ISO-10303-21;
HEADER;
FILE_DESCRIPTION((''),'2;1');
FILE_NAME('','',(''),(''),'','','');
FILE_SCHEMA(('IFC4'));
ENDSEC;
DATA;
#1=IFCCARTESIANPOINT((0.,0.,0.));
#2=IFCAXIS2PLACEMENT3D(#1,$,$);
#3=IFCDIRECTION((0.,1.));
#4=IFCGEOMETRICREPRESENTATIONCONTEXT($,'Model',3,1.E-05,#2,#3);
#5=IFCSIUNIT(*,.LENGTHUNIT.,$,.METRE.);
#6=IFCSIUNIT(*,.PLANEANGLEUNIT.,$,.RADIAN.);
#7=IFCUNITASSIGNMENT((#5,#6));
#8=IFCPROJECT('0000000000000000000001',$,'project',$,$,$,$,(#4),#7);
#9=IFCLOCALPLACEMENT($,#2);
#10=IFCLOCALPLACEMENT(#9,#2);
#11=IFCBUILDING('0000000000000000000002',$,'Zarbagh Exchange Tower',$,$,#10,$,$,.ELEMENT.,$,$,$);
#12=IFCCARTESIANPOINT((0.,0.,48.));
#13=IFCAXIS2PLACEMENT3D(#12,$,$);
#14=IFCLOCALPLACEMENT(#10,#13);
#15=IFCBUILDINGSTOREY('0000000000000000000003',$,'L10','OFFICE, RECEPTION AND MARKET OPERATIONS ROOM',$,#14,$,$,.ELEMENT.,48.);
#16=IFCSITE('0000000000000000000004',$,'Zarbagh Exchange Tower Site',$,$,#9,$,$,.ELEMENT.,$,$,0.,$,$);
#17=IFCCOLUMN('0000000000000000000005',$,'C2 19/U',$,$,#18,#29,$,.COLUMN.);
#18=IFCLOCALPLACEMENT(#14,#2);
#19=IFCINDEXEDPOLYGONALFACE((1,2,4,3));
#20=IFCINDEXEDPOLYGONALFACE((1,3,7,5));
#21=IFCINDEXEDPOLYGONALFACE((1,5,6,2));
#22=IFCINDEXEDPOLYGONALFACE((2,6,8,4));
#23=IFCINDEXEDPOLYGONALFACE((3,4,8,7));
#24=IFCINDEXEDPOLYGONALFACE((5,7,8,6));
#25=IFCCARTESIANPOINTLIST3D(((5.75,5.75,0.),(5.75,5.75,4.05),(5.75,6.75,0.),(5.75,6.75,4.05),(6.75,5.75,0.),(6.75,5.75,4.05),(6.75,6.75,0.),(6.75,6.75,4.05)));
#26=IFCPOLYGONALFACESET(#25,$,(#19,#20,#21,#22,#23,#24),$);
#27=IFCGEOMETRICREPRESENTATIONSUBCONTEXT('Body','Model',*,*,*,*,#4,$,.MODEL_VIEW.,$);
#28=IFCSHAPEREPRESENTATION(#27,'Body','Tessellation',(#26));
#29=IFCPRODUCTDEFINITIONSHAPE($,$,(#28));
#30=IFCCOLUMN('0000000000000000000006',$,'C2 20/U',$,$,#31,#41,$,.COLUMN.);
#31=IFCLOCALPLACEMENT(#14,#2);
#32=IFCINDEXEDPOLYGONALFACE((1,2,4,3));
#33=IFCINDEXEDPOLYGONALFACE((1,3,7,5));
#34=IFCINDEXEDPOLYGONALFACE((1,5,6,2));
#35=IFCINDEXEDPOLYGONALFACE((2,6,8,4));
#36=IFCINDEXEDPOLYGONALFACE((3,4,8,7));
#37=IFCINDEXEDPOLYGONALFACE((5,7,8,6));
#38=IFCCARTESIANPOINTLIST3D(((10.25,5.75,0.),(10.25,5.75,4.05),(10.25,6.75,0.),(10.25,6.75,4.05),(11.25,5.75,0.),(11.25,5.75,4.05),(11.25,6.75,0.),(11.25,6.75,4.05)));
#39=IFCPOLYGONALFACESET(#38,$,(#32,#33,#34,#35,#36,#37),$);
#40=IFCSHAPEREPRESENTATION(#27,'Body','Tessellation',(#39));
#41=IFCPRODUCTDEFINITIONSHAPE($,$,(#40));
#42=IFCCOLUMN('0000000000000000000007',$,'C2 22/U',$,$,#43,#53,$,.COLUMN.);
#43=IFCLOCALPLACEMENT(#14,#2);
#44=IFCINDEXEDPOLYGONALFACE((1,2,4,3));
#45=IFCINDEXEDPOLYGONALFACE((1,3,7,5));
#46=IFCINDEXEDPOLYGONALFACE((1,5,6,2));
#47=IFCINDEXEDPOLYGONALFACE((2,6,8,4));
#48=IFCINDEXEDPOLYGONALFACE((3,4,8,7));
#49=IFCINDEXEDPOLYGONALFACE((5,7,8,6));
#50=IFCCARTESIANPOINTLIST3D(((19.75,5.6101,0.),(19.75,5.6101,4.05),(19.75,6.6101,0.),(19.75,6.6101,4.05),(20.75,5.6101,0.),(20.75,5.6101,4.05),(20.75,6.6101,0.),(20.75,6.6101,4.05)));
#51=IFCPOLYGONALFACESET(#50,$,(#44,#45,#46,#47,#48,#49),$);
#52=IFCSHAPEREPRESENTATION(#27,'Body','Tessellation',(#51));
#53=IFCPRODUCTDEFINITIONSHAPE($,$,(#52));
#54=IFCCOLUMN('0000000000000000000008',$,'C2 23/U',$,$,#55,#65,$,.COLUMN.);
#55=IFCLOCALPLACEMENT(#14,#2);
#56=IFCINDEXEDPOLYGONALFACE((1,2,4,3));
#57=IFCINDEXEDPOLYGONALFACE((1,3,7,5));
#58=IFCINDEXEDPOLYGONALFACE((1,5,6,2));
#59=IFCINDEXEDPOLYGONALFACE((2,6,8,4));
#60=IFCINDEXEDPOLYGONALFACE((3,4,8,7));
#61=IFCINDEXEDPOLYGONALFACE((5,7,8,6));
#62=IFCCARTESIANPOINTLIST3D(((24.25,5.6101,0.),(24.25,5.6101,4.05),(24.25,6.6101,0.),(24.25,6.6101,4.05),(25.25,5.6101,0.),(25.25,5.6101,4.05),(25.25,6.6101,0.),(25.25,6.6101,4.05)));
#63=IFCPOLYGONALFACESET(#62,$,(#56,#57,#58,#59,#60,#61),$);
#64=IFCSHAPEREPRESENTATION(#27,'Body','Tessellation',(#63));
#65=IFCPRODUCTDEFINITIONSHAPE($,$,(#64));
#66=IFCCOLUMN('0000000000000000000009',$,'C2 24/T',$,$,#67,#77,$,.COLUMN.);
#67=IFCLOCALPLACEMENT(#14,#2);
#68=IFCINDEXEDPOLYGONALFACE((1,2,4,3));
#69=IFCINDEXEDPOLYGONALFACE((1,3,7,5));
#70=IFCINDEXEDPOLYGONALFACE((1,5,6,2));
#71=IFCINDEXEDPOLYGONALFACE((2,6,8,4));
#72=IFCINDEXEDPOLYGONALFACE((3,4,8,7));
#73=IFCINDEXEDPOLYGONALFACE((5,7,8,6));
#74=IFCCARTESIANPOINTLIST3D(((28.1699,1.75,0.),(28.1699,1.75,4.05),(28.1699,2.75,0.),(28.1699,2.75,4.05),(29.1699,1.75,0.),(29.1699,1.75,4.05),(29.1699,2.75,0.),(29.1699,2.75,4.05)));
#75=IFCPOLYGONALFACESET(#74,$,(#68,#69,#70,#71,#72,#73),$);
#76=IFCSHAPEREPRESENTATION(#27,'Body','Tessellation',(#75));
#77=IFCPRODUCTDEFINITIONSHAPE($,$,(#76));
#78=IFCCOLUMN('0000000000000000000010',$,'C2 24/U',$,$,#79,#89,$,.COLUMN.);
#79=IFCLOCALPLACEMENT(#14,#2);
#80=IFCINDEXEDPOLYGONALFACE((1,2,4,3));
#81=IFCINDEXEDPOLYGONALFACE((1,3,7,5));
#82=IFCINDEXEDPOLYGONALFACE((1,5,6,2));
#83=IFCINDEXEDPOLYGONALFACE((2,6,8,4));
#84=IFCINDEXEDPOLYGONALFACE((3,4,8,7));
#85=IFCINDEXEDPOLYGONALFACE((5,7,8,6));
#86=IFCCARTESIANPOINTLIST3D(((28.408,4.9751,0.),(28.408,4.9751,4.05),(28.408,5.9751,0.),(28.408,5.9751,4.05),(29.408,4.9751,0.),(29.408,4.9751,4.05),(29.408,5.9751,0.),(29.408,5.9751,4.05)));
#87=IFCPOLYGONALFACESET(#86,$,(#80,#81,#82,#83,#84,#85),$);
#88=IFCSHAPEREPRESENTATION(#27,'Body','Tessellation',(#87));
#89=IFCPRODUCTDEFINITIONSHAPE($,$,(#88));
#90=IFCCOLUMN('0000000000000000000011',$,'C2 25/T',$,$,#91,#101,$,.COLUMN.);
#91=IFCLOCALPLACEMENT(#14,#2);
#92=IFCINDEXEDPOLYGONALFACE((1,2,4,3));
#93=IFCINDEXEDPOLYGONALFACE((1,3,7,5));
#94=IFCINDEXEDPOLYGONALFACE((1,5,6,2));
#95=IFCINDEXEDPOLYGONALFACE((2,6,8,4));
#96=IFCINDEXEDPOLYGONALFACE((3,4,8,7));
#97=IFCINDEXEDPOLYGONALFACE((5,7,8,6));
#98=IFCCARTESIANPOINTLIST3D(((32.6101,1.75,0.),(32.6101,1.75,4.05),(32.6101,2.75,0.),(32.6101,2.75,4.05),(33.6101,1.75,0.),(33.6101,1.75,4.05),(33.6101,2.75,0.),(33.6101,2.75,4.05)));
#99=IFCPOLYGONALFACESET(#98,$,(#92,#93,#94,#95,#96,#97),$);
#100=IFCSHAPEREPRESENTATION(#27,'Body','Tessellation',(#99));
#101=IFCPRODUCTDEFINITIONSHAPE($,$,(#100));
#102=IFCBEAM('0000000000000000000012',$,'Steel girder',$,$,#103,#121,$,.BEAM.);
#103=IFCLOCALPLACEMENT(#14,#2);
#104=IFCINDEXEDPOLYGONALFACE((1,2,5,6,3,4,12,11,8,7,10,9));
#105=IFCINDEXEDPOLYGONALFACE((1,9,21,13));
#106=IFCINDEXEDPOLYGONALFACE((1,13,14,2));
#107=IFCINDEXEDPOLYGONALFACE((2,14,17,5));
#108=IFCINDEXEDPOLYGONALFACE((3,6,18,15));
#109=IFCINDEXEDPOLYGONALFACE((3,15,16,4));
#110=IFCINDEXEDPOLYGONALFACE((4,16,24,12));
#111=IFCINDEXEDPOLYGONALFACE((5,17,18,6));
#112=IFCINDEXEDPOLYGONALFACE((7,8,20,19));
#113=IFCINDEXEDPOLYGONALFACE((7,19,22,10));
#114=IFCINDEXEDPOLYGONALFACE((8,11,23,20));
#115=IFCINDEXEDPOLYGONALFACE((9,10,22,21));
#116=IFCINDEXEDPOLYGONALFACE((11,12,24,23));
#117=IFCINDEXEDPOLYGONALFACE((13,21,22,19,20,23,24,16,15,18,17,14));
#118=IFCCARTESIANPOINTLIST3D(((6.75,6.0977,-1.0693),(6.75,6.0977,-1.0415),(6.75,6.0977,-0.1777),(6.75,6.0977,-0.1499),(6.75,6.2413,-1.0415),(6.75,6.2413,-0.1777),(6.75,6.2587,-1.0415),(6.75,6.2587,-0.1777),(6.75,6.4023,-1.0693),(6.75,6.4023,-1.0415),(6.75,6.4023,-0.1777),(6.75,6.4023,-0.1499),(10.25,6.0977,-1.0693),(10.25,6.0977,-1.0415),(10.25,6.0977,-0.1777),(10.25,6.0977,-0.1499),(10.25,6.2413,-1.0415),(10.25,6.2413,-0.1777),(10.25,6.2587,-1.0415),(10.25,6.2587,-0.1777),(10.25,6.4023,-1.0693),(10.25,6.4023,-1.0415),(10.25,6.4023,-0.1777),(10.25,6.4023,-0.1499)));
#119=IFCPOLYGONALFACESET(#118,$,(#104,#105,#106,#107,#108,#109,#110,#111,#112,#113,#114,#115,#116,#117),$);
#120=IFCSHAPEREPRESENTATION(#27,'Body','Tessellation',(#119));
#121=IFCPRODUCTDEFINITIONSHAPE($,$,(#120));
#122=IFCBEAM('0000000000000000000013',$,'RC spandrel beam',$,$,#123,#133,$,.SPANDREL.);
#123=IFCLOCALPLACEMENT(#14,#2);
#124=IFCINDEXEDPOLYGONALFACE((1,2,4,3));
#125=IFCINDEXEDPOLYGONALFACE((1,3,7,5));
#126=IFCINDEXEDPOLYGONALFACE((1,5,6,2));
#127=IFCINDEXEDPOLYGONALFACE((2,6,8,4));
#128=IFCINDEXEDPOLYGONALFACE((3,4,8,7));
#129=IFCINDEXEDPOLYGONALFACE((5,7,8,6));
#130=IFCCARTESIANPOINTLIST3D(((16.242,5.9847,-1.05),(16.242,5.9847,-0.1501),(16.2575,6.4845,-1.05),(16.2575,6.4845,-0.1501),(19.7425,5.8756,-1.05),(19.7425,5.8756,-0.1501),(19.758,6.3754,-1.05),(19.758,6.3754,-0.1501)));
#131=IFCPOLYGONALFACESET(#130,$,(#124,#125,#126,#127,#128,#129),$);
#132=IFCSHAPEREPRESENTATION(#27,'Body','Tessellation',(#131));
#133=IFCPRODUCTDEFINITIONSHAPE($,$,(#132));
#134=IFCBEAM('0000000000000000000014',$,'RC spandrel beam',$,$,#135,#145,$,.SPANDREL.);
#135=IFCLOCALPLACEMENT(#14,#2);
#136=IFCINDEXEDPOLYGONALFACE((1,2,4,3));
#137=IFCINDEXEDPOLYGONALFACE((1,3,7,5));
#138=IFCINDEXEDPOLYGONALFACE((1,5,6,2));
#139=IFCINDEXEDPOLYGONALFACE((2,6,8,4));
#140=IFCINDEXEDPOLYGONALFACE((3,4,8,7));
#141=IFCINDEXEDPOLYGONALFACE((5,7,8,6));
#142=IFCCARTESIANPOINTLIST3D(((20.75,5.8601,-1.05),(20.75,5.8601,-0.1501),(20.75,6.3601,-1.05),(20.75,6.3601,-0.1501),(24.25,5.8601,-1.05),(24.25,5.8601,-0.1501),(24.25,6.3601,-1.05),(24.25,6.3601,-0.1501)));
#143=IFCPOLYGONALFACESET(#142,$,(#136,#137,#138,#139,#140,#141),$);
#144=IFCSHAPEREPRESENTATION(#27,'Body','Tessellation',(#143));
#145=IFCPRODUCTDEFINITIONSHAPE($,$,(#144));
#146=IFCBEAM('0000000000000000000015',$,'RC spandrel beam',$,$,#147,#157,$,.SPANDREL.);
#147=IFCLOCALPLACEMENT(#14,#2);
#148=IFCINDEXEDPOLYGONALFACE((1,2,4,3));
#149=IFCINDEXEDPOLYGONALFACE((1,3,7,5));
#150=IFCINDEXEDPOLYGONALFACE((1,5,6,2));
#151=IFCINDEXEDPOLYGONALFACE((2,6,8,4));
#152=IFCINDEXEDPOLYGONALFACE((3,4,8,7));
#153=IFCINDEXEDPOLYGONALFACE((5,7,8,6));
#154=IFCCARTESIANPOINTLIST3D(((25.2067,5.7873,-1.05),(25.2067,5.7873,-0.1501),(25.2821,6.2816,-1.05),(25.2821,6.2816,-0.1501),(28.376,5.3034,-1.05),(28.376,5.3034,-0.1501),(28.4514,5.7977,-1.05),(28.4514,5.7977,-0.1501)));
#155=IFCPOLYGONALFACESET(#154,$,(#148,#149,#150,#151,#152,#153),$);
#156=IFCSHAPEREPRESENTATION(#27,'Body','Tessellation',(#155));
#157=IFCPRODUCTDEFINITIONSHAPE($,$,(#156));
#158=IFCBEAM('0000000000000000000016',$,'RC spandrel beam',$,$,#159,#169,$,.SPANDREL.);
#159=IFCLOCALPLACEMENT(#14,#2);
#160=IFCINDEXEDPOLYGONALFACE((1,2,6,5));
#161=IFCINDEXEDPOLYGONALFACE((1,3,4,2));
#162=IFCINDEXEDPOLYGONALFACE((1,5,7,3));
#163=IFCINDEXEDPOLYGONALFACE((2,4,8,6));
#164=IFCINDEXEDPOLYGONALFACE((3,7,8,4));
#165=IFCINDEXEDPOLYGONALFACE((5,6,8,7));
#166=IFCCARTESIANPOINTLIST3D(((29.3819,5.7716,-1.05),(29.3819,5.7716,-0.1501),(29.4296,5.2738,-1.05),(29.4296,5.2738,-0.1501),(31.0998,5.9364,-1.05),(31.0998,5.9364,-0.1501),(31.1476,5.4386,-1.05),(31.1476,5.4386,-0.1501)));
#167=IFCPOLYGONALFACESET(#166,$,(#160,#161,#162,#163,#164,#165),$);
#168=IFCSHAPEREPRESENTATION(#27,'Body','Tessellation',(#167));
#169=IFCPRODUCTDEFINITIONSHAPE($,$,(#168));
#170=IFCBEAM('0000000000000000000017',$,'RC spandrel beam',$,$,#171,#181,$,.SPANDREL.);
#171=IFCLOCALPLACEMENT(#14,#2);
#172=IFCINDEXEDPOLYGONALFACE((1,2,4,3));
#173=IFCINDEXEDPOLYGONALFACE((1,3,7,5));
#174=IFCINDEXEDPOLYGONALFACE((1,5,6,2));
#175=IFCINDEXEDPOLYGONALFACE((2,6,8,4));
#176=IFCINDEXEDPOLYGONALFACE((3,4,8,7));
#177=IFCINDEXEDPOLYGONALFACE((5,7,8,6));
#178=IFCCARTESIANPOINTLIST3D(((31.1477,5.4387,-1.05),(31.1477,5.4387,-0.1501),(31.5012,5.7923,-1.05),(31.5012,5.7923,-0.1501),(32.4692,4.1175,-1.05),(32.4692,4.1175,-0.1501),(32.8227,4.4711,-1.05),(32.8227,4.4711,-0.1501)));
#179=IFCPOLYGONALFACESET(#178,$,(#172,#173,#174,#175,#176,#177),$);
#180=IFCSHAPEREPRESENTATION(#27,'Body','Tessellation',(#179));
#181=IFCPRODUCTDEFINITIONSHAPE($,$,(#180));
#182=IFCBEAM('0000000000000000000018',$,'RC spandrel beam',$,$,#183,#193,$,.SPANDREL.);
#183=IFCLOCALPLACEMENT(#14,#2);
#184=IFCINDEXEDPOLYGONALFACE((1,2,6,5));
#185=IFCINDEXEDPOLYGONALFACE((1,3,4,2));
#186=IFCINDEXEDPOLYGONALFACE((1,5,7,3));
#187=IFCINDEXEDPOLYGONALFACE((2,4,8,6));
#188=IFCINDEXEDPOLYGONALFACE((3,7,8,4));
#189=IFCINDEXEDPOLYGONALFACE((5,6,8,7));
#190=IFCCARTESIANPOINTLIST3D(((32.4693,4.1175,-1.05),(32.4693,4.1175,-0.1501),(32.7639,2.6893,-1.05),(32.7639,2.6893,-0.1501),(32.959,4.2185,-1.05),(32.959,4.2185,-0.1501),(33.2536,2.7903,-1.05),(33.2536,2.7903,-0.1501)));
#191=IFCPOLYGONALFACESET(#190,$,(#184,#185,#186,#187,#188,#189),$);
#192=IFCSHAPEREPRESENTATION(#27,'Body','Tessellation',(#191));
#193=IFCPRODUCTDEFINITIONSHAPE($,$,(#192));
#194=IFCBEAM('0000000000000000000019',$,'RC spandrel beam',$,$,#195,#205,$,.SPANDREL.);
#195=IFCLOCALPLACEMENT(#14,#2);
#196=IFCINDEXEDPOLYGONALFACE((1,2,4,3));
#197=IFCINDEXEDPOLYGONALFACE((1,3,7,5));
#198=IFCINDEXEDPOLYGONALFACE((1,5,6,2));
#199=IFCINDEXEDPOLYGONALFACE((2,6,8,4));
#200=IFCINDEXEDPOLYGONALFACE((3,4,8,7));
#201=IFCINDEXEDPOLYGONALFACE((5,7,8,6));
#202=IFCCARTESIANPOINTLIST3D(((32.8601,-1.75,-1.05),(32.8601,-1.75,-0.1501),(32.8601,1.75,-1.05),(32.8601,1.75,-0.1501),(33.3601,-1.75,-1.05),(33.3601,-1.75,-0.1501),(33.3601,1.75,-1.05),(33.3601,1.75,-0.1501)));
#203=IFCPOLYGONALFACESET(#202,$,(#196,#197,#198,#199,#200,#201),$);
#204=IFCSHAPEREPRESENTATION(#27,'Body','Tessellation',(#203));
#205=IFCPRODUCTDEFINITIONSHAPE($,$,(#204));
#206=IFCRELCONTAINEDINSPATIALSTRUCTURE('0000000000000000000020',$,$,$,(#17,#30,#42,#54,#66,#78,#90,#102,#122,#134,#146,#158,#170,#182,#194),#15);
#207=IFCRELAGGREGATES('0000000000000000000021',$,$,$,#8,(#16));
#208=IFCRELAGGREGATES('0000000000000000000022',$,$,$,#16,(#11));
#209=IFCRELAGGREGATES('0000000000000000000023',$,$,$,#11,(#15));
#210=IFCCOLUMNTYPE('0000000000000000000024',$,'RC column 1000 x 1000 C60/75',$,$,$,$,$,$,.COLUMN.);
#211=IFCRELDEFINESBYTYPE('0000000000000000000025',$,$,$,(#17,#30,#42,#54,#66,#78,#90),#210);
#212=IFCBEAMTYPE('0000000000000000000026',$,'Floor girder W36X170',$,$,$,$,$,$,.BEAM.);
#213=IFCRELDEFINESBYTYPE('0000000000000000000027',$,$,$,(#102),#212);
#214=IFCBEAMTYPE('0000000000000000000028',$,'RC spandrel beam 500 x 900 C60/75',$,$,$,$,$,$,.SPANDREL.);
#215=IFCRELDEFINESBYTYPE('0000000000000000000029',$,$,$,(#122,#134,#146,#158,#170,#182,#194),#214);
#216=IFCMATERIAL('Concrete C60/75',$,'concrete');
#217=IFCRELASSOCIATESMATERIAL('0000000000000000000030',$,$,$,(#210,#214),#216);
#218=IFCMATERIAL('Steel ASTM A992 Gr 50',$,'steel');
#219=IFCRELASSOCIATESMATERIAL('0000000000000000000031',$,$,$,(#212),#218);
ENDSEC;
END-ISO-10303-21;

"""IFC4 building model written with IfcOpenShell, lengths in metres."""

from ifc_helpers import new_model, si_unit, direction, frame, origin, origin_2d, place, context, subcontext, project, spatial, rectangle, i_section, extrude, material, material_profile, profile_set, type_object, element, save


model = new_model("IFC4")

# Units and contexts
model_context = context("Model", 3, precision=1e-05, world=origin(), true_north=direction((0.0, 1.0)))
body_context = subcontext(model_context, "Body", "Model", "MODEL_VIEW")
ifc_project = project(units=[si_unit("LENGTHUNIT", "METRE"), si_unit("PLANEANGLEUNIT", "RADIAN")], contexts=[model_context])

# Site, building, storey
site_placement = place(None, origin())
site = spatial("IfcSite", under=ifc_project, at=site_placement, Name="Zarbagh Exchange Tower Site", CompositionType="ELEMENT", RefElevation=0.0)
building_placement = place(site_placement, origin())
building = spatial("IfcBuilding", under=site, at=building_placement, Name="Zarbagh Exchange Tower", CompositionType="ELEMENT")
storey_placement = place(building_placement, frame((0.0, 0.0, 48.0)))
storey = spatial("IfcBuildingStorey", under=building, at=storey_placement, Name="L10", Description="OFFICE, RECEPTION AND MARKET OPERATIONS ROOM", CompositionType="ELEMENT", Elevation=48.0)

# Columns
ifc_material_1 = material(Name="Concrete C60/75", Category="concrete")
ifc_material_profile_1 = material_profile(ifc_material_1, rectangle(XDim=1.0, YDim=1.0, at=origin_2d()), Name="RC column 1000 x 1000 C60/75")
ifc_profile_set_1 = profile_set([ifc_material_profile_1], Name="Concrete C60/75")
column_type = type_object("IfcColumnType", Name="RC column 1000 x 1000 C60/75", PredefinedType="COLUMN", material=ifc_profile_set_1)
for number, where, z_axis, x_axis, name in (
    (1, (6.25, 6.25, 0.0), (0.0, 0.0, 1.0), (1.0, 0.0, 0.0), "C2 19/U"),
    (2, (10.75, 6.25, 0.0), (0.0, 0.0, 1.0), (1.0, 0.0, 0.0), "C2 20/U"),
    (3, (20.25, 6.1101, 0.0), (0.0, 0.0, 1.0), (1.0, 0.0, 0.0), "C2 22/U"),
    (4, (24.75, 6.1101, 0.0), (0.0, 0.0, 1.0), (1.0, 0.0, 0.0), "C2 23/U"),
    (5, (28.6699, 2.25, 0.0), (0.0, 0.0, 1.0), (1.0, 0.0, 0.0), "C2 24/T"),
    (6, (28.908, 5.4751, 0.0), (0.0, 0.0, 1.0), (1.0, 0.0, 0.0), "C2 24/U"),
    (7, (33.1101, 2.25, 0.0), (0.0, 0.0, 1.0), (1.0, 0.0, 0.0), "C2 25/T"),
):
    element("IfcColumn", number, at=place(storey_placement, frame(where, z_axis=z_axis, x_axis=x_axis)), inside=storey, type_object=column_type, Name=name, PredefinedType="COLUMN", context=body_context, shape_type="SweptSolid", body=[
        extrude(rectangle(XDim=1.0, YDim=1.0, at=origin_2d()), origin(), (0.0, 0.0, 1.0), 4.05),
    ])

# Beams
ifc_material_2 = material(Name="Steel ASTM A992 Gr 50", Category="steel")
ifc_material_profile_2 = material_profile(ifc_material_2, i_section(OverallWidth=0.3047, OverallDepth=0.9194, WebThickness=0.0173, FlangeThickness=0.0278, at=origin_2d()), Name="W36X170")
ifc_profile_set_2 = profile_set([ifc_material_profile_2], Name="Steel ASTM A992 Gr 50")
beam_type_1 = type_object("IfcBeamType", Name="Floor girder W36X170", PredefinedType="BEAM", material=ifc_profile_set_2)
beam_1_placement = place(storey_placement, frame((6.75, 6.25, -0.6096), z_axis=(1.0, 0.0, 0.0), x_axis=(0.0, 1.0, 0.0)))
element("IfcBeam", 8, at=beam_1_placement, inside=storey, type_object=beam_type_1, Name="Steel girder", PredefinedType="BEAM", context=body_context, shape_type="SweptSolid", body=[
    extrude(i_section(OverallWidth=0.3047, OverallDepth=0.9194, WebThickness=0.0173, FlangeThickness=0.0278, at=origin_2d()), origin(), (0.0, 0.0, 1.0), 3.5),
])
ifc_material_profile_3 = material_profile(ifc_material_1, rectangle(XDim=0.5, YDim=0.8999, at=origin_2d()), Name="RC spandrel beam 500 x 900 C60/75")
ifc_profile_set_3 = profile_set([ifc_material_profile_3], Name="Concrete C60/75")
beam_type_2 = type_object("IfcBeamType", Name="RC spandrel beam 500 x 900 C60/75", PredefinedType="SPANDREL", material=ifc_profile_set_3)
beam_2_placement = place(storey_placement, frame((16.2498, 6.2346, -0.6001), z_axis=(0.999514, -0.031161, 0.0), x_axis=(0.031161, 0.999514, 0.0)))
element("IfcBeam", 9, at=beam_2_placement, inside=storey, type_object=beam_type_2, Name="RC spandrel beam", PredefinedType="SPANDREL", context=body_context, shape_type="SweptSolid", body=[
    extrude(rectangle(XDim=0.5, YDim=0.8999, at=origin_2d()), origin(), (0.0, 0.0, 1.0), 3.5022),
])
beam_3_placement = place(storey_placement, frame((20.75, 6.1101, -0.6001), z_axis=(1.0, 0.0, 0.0), x_axis=(0.0, 1.0, 0.0)))
element("IfcBeam", 10, at=beam_3_placement, inside=storey, type_object=beam_type_2, Name="RC spandrel beam", PredefinedType="SPANDREL", context=body_context, shape_type="SweptSolid", body=[
    extrude(rectangle(XDim=0.5, YDim=0.8999, at=origin_2d()), origin(), (0.0, 0.0, 1.0), 3.5),
])
beam_4_placement = place(storey_placement, frame((25.2444, 6.0344, -0.6001), z_axis=(0.988545, -0.150924, 0.0), x_axis=(0.150924, 0.988545, 0.0)))
element("IfcBeam", 11, at=beam_4_placement, inside=storey, type_object=beam_type_2, Name="RC spandrel beam", PredefinedType="SPANDREL", context=body_context, shape_type="SweptSolid", body=[
    extrude(rectangle(XDim=0.5, YDim=0.8999, at=origin_2d()), origin(), (0.0, 0.0, 1.0), 3.2061),
])
beam_5_placement = place(storey_placement, frame((29.4058, 5.5227, -0.6001), z_axis=(0.995431, 0.095483, 0.0), x_axis=(-0.095483, 0.995431, 0.0)))
element("IfcBeam", 12, at=beam_5_placement, inside=storey, type_object=beam_type_2, Name="RC spandrel beam", PredefinedType="SPANDREL", context=body_context, shape_type="SweptSolid", body=[
    extrude(rectangle(XDim=0.5, YDim=0.8999, at=origin_2d()), origin(), (0.0, 0.0, 1.0), 1.7258),
])
beam_6_placement = place(storey_placement, frame((31.3245, 5.6155, -0.6001), z_axis=(0.707172, -0.707041, 0.0), x_axis=(0.707041, 0.707172, 0.0)))
element("IfcBeam", 13, at=beam_6_placement, inside=storey, type_object=beam_type_2, Name="RC spandrel beam", PredefinedType="SPANDREL", context=body_context, shape_type="SweptSolid", body=[
    extrude(rectangle(XDim=0.5, YDim=0.8999, at=origin_2d()), origin(), (0.0, 0.0, 1.0), 1.8687),
])
beam_7_placement = place(storey_placement, frame((32.7141, 4.168, -0.6001), z_axis=(0.202069, -0.979371, 0.0), x_axis=(0.979371, 0.202069, 0.0)))
element("IfcBeam", 14, at=beam_7_placement, inside=storey, type_object=beam_type_2, Name="RC spandrel beam", PredefinedType="SPANDREL", context=body_context, shape_type="SweptSolid", body=[
    extrude(rectangle(XDim=0.5, YDim=0.8999, at=origin_2d()), origin(), (0.0, 0.0, 1.0), 1.4583),
])
beam_8_placement = place(storey_placement, frame((33.1101, 1.75, -0.6001), z_axis=(0.0, -1.0, 0.0), x_axis=(1.0, 0.0, 0.0)))
element("IfcBeam", 15, at=beam_8_placement, inside=storey, type_object=beam_type_2, Name="RC spandrel beam", PredefinedType="SPANDREL", context=body_context, shape_type="SweptSolid", body=[
    extrude(rectangle(XDim=0.5, YDim=0.8999, at=origin_2d()), origin(), (0.0, 0.0, 1.0), 3.5),
])

save(model, "model.ifc")
